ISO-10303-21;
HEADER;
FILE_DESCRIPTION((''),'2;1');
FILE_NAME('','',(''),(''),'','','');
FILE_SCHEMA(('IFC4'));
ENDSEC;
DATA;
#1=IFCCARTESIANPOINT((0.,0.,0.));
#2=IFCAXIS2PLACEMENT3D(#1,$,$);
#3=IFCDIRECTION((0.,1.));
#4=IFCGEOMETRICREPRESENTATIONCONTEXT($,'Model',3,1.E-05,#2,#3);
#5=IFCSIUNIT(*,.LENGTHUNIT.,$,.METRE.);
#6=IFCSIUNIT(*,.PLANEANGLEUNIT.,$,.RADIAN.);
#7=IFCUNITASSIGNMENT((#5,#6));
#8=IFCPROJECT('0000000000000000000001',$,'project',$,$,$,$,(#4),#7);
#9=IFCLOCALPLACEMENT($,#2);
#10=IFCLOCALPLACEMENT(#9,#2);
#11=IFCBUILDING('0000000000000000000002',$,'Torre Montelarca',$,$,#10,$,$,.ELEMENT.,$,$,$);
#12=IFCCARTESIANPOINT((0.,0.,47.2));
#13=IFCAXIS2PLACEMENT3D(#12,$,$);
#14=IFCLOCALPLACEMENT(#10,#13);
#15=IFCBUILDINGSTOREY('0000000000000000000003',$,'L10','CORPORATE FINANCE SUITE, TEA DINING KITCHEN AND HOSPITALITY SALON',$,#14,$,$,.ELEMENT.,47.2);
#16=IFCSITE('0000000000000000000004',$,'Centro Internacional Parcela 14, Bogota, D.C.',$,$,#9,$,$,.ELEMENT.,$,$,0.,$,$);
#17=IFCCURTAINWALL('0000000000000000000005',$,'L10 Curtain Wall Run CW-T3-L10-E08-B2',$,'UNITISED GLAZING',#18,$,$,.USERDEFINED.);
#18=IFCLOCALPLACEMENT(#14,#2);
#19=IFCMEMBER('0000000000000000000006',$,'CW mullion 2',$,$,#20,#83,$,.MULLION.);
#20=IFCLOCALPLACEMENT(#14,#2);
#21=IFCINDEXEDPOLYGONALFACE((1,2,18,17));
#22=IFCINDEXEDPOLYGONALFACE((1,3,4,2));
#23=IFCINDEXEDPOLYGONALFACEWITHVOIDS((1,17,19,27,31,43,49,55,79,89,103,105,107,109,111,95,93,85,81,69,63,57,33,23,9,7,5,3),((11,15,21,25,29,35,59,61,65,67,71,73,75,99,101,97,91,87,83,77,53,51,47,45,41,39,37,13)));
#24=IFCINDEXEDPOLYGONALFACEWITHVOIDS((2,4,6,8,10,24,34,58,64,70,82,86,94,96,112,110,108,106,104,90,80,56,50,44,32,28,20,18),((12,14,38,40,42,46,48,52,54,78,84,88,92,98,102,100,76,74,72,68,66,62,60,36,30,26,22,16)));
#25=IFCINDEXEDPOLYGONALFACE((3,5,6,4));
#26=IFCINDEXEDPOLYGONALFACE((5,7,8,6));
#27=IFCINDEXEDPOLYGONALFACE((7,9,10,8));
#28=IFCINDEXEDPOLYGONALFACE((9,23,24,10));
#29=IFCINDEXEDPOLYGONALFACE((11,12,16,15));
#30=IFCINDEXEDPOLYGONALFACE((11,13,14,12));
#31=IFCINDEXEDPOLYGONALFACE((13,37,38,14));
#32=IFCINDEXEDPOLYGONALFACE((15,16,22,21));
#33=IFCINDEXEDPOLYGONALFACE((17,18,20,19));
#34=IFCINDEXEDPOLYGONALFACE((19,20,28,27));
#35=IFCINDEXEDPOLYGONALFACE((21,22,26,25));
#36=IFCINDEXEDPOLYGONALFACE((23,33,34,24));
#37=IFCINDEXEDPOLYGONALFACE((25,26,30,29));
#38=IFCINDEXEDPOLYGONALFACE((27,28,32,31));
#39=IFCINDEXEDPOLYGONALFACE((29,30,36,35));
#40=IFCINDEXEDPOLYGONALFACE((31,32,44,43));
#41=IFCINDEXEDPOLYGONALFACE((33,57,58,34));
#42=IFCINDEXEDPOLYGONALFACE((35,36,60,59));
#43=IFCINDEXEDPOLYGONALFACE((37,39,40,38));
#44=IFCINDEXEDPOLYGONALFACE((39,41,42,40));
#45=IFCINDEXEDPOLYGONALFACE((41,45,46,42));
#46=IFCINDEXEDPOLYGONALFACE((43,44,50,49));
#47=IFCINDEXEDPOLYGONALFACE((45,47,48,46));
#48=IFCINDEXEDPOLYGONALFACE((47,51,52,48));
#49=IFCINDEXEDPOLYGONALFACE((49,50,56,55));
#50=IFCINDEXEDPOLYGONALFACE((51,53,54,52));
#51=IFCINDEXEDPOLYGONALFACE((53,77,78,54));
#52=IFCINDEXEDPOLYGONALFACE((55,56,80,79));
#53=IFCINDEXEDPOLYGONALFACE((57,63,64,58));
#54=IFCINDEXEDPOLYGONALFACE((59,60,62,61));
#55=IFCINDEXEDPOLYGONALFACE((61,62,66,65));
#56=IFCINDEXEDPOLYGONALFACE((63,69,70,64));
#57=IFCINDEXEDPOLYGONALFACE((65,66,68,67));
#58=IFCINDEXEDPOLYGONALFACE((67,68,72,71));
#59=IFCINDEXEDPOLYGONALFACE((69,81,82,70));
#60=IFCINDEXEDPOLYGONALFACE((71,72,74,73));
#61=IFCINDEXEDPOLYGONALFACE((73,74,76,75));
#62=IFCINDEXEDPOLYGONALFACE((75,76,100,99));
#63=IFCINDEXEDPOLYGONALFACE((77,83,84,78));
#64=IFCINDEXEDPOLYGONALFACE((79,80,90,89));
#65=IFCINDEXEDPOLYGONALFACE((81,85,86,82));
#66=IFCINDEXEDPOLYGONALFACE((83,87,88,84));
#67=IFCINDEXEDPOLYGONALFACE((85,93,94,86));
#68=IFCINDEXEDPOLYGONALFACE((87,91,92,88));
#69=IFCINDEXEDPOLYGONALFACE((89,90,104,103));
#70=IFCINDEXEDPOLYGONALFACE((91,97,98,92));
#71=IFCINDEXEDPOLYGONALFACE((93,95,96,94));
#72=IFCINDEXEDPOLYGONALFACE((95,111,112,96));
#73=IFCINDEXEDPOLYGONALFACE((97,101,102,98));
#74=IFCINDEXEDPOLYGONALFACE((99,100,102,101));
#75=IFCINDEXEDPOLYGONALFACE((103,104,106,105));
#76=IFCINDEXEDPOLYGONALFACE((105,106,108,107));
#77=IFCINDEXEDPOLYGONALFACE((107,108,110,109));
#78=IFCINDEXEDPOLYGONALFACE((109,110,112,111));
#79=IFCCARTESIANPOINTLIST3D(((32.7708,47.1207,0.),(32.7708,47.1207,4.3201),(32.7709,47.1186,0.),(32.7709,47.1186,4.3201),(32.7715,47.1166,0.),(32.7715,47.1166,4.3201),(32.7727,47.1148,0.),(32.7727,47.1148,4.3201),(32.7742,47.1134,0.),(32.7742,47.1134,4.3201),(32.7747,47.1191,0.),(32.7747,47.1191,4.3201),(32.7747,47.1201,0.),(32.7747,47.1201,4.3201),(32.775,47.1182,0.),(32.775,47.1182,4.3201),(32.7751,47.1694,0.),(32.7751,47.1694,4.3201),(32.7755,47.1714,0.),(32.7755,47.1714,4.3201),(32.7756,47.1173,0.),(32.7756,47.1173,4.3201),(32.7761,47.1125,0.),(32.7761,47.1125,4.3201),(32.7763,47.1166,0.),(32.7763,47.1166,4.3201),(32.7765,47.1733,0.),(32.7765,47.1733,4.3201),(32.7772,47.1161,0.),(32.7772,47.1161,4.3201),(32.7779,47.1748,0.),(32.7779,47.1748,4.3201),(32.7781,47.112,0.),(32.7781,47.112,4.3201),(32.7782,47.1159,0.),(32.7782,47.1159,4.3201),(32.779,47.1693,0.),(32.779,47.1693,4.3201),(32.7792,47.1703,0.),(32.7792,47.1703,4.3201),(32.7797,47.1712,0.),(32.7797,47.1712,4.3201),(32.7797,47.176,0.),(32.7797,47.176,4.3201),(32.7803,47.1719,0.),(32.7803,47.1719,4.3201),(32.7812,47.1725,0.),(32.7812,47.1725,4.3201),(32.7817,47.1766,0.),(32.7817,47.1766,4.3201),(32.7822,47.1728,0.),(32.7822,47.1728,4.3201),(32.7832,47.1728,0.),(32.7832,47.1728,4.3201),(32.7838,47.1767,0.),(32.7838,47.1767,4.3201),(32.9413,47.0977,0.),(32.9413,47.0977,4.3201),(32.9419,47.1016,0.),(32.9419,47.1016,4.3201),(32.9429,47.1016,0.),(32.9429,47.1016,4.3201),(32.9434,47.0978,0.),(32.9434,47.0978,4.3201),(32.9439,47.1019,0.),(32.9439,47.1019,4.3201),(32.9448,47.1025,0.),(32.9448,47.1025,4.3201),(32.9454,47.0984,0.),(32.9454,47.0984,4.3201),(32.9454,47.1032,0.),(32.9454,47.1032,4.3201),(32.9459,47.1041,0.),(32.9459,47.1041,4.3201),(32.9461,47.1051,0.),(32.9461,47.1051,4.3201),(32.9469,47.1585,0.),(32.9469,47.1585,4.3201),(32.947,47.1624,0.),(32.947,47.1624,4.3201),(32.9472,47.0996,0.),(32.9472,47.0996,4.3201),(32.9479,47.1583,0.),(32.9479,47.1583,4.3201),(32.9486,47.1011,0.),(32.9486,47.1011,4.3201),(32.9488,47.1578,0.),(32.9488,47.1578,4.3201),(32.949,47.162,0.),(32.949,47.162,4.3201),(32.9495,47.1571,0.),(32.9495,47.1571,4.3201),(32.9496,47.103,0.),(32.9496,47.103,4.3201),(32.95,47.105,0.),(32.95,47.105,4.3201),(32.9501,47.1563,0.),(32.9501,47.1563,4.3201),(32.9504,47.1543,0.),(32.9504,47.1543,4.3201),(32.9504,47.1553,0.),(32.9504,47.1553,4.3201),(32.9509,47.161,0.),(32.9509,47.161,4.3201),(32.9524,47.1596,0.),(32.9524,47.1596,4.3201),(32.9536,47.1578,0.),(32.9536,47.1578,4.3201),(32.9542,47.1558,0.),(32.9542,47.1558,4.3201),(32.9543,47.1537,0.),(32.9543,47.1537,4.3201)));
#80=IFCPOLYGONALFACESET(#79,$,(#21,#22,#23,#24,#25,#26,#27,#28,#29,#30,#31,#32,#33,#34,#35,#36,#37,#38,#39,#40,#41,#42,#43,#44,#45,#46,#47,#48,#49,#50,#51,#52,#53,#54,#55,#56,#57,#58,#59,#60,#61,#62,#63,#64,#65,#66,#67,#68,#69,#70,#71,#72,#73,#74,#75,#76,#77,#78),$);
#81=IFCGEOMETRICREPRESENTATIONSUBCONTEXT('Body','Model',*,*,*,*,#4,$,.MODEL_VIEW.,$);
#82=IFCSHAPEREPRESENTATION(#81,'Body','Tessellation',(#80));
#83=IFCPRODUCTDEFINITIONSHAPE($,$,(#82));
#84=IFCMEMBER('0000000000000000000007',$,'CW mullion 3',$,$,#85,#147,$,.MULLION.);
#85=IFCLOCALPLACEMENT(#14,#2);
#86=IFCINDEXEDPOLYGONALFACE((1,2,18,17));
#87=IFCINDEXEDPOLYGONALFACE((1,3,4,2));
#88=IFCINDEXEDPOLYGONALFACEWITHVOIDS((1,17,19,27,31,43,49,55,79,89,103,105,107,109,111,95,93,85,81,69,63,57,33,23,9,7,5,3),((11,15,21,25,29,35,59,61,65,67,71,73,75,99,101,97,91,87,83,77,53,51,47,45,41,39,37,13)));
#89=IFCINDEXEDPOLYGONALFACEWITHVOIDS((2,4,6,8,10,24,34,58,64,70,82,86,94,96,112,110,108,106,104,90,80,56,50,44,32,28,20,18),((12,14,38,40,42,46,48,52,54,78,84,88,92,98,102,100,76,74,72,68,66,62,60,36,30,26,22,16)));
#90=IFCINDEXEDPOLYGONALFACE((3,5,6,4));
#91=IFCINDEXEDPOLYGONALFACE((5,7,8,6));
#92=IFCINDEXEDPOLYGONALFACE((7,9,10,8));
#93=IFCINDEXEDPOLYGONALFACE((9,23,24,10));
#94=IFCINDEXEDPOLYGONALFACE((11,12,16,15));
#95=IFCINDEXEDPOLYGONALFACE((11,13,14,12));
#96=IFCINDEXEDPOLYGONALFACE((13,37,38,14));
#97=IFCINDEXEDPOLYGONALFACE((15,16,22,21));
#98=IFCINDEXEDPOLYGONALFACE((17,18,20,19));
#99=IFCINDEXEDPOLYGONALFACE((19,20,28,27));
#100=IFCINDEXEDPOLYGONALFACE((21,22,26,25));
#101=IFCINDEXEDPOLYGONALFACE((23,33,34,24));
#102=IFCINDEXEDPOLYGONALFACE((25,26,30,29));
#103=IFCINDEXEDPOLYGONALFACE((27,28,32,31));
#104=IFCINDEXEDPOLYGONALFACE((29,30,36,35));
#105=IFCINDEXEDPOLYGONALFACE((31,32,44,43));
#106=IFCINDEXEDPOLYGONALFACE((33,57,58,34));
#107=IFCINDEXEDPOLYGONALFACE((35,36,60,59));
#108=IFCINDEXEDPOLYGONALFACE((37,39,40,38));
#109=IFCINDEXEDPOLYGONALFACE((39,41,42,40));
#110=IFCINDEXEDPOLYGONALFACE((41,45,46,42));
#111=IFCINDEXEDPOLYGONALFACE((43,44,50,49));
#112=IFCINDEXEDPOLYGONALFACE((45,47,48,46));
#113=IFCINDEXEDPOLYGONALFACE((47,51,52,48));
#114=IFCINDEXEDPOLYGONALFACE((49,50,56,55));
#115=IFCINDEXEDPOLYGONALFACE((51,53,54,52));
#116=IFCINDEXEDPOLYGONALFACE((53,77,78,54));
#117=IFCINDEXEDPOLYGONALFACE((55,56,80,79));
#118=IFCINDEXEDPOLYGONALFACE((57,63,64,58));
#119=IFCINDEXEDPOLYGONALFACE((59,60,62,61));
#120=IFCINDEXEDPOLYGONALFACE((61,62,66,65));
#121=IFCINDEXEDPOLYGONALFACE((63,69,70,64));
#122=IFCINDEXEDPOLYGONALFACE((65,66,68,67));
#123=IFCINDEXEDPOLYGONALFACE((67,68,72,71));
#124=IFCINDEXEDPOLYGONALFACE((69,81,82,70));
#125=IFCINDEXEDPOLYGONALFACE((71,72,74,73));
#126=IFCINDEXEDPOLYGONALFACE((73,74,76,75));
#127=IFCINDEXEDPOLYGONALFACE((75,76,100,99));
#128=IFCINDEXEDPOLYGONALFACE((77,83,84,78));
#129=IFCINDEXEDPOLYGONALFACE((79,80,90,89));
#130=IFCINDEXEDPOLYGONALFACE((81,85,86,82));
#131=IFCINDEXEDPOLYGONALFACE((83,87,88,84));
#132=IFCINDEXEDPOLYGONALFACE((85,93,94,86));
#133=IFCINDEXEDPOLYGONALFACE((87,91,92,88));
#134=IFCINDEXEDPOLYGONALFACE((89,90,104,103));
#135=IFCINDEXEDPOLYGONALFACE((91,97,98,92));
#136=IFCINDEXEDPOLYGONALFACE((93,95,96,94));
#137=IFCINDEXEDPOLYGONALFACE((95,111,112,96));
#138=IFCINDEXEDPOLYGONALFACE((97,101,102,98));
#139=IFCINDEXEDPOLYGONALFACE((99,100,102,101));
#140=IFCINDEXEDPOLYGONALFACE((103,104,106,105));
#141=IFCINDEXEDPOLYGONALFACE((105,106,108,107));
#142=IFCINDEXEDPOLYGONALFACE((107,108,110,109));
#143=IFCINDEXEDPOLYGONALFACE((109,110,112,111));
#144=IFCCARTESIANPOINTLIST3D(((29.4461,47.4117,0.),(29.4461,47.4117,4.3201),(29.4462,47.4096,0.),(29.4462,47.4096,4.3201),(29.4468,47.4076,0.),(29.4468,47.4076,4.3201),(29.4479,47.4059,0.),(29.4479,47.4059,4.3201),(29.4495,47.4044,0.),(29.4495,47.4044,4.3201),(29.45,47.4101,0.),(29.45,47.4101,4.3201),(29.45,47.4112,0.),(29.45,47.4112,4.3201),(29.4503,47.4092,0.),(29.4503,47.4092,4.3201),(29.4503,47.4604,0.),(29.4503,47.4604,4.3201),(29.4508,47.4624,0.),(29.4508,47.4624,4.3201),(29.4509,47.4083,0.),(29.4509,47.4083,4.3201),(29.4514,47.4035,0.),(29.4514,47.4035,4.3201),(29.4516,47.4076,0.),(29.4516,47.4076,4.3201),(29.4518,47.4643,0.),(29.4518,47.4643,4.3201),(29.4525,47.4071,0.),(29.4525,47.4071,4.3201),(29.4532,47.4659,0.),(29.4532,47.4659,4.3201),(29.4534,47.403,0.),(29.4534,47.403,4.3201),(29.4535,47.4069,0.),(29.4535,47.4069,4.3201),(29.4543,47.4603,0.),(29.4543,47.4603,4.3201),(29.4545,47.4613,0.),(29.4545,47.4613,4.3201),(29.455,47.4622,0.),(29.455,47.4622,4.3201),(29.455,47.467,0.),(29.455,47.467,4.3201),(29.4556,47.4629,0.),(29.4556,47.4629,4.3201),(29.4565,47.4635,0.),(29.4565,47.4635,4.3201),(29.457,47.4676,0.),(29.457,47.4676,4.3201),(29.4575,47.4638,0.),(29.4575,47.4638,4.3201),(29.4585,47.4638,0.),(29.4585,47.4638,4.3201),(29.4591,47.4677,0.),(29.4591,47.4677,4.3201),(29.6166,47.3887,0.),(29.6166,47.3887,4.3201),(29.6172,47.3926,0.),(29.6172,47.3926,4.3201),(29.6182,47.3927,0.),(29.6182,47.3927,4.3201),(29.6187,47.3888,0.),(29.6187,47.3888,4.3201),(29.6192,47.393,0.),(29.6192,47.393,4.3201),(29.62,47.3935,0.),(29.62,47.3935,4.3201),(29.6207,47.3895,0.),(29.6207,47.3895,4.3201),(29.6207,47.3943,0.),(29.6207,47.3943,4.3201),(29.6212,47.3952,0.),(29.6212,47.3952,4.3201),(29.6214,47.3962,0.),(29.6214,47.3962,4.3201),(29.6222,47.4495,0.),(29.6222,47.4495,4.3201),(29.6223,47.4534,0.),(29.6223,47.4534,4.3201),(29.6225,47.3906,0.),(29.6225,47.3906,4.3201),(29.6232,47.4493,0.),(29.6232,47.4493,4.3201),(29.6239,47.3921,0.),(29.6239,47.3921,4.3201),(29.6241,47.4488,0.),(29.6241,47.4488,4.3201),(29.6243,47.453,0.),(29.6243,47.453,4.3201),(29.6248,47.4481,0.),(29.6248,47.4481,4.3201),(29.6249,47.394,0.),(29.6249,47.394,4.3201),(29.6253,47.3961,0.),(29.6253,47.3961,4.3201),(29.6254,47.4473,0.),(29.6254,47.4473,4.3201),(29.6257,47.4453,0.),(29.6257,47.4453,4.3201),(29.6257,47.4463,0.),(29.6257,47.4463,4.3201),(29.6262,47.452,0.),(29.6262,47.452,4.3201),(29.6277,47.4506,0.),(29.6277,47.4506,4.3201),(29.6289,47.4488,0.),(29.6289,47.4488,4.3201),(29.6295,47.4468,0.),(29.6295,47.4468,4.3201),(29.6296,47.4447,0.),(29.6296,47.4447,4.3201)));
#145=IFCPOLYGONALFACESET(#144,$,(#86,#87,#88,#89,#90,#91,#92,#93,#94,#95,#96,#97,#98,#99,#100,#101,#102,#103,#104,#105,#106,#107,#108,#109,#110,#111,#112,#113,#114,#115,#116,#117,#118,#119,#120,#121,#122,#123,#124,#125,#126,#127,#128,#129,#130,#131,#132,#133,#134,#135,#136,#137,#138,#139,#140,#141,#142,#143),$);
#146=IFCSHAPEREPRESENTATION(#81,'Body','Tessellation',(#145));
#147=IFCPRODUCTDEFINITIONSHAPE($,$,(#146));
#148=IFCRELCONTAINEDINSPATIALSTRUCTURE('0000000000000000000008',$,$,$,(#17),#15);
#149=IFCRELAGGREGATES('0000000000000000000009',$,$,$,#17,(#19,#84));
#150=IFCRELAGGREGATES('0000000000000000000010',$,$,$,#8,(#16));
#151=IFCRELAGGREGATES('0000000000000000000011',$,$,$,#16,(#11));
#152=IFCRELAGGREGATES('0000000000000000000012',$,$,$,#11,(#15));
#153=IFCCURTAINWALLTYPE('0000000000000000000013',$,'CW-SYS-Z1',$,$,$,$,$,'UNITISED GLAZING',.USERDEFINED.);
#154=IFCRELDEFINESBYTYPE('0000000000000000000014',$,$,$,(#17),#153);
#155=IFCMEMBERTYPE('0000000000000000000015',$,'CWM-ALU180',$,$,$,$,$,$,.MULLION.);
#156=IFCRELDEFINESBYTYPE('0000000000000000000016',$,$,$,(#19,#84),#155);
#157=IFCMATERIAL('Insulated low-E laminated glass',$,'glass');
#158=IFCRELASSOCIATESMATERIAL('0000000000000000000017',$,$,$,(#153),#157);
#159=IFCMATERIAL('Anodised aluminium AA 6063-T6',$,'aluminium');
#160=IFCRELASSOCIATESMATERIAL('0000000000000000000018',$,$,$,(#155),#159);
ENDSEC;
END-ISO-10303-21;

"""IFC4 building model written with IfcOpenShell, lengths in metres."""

from ifc_helpers import new_model, si_unit, direction, frame, origin, origin_2d, place, context, subcontext, project, spatial, hollow_rectangle, extrude, source, transform, mapped, material, material_profile, profile_set, type_object, element, aggregate, save


model = new_model("IFC4")

# Units and contexts
model_context = context("Model", 3, precision=1e-05, world=origin(), true_north=direction((0.0, 1.0)))
body_context = subcontext(model_context, "Body", "Model", "MODEL_VIEW")
ifc_project = project(units=[si_unit("LENGTHUNIT", "METRE"), si_unit("PLANEANGLEUNIT", "RADIAN")], contexts=[model_context])

# Site, building, storey
site_placement = place(None, origin())
site = spatial("IfcSite", under=ifc_project, at=site_placement, Name="Centro Internacional Parcela 14, Bogota, D.C.", CompositionType="ELEMENT", RefElevation=0.0)
building_placement = place(site_placement, origin())
building = spatial("IfcBuilding", under=site, at=building_placement, Name="Torre Montelarca", CompositionType="ELEMENT")
storey_placement = place(building_placement, frame((0.0, 0.0, 47.2)))
storey = spatial("IfcBuildingStorey", under=building, at=storey_placement, Name="L10", Description="CORPORATE FINANCE SUITE, TEA DINING KITCHEN AND HOSPITALITY SALON", CompositionType="ELEMENT", Elevation=47.2)

# Shared definitions
ifc_material_1 = material(Name="Insulated low-E laminated glass", Category="glass")
curtain_wall_type = type_object("IfcCurtainWallType", Name="CW-SYS-Z1", ElementType="UNITISED GLAZING", PredefinedType="USERDEFINED", material=ifc_material_1)
ifc_material_2 = material(Name="Anodised aluminium AA 6063-T6", Category="aluminium")
ifc_material_profile_1 = material_profile(ifc_material_2, hollow_rectangle(XDim=0.0649, YDim=0.1799, WallThickness=0.0039, InnerFilletRadius=0.0039, OuterFilletRadius=0.0081, at=origin_2d()), Name="ALU65X180X4", Category="aluminium")
ifc_profile_set_1 = profile_set([ifc_material_profile_1], Name="Anodised aluminium AA 6063-T6")
member_type_1 = type_object("IfcMemberType", Name="CWM-ALU180", PredefinedType="MULLION", material=ifc_profile_set_1)
shared_shape_1 = source(origin(), body_context, "Body", "SweptSolid", [
    extrude(hollow_rectangle(XDim=0.0649, YDim=0.1799, WallThickness=0.0039, InnerFilletRadius=0.0039, OuterFilletRadius=0.0081, at=origin_2d()), origin(), (0.0, 0.0, 1.0), 4.3201),
])

# Curtain wall, members
curtain_wall_1_placement = place(storey_placement, origin())
curtain_wall_1 = element("IfcCurtainWall", 1, at=curtain_wall_1_placement, inside=storey, type_object=curtain_wall_type, Name="L10 Curtain Wall Run CW-T3-L10-E08-B2", ObjectType="UNITISED GLAZING", PredefinedType="USERDEFINED")
member_1_placement = place(storey_placement, frame((32.8625, 47.1372, 0.0), z_axis=(0.0, 0.0, 1.0), x_axis=(-0.087152, -0.996195, 0.0)))
member_1 = element("IfcMember", 2, at=member_1_placement, type_object=member_type_1, Name="CW mullion 2", PredefinedType="MULLION", context=body_context, shape_type="MappedRepresentation", body=[
    mapped(shared_shape_1, transform((0.0, 0.0, 0.0), scale=1.0)),
])
member_2_placement = place(storey_placement, frame((29.5378, 47.4282, 0.0), z_axis=(0.0, 0.0, 1.0), x_axis=(-0.087152, -0.996195, 0.0)))
member_2 = element("IfcMember", 3, at=member_2_placement, type_object=member_type_1, Name="CW mullion 3", PredefinedType="MULLION", context=body_context, shape_type="MappedRepresentation", body=[
    mapped(shared_shape_1, transform((0.0, 0.0, 0.0), scale=1.0)),
])

aggregate(curtain_wall_1, [member_1, member_2])

save(model, "model.ifc")
